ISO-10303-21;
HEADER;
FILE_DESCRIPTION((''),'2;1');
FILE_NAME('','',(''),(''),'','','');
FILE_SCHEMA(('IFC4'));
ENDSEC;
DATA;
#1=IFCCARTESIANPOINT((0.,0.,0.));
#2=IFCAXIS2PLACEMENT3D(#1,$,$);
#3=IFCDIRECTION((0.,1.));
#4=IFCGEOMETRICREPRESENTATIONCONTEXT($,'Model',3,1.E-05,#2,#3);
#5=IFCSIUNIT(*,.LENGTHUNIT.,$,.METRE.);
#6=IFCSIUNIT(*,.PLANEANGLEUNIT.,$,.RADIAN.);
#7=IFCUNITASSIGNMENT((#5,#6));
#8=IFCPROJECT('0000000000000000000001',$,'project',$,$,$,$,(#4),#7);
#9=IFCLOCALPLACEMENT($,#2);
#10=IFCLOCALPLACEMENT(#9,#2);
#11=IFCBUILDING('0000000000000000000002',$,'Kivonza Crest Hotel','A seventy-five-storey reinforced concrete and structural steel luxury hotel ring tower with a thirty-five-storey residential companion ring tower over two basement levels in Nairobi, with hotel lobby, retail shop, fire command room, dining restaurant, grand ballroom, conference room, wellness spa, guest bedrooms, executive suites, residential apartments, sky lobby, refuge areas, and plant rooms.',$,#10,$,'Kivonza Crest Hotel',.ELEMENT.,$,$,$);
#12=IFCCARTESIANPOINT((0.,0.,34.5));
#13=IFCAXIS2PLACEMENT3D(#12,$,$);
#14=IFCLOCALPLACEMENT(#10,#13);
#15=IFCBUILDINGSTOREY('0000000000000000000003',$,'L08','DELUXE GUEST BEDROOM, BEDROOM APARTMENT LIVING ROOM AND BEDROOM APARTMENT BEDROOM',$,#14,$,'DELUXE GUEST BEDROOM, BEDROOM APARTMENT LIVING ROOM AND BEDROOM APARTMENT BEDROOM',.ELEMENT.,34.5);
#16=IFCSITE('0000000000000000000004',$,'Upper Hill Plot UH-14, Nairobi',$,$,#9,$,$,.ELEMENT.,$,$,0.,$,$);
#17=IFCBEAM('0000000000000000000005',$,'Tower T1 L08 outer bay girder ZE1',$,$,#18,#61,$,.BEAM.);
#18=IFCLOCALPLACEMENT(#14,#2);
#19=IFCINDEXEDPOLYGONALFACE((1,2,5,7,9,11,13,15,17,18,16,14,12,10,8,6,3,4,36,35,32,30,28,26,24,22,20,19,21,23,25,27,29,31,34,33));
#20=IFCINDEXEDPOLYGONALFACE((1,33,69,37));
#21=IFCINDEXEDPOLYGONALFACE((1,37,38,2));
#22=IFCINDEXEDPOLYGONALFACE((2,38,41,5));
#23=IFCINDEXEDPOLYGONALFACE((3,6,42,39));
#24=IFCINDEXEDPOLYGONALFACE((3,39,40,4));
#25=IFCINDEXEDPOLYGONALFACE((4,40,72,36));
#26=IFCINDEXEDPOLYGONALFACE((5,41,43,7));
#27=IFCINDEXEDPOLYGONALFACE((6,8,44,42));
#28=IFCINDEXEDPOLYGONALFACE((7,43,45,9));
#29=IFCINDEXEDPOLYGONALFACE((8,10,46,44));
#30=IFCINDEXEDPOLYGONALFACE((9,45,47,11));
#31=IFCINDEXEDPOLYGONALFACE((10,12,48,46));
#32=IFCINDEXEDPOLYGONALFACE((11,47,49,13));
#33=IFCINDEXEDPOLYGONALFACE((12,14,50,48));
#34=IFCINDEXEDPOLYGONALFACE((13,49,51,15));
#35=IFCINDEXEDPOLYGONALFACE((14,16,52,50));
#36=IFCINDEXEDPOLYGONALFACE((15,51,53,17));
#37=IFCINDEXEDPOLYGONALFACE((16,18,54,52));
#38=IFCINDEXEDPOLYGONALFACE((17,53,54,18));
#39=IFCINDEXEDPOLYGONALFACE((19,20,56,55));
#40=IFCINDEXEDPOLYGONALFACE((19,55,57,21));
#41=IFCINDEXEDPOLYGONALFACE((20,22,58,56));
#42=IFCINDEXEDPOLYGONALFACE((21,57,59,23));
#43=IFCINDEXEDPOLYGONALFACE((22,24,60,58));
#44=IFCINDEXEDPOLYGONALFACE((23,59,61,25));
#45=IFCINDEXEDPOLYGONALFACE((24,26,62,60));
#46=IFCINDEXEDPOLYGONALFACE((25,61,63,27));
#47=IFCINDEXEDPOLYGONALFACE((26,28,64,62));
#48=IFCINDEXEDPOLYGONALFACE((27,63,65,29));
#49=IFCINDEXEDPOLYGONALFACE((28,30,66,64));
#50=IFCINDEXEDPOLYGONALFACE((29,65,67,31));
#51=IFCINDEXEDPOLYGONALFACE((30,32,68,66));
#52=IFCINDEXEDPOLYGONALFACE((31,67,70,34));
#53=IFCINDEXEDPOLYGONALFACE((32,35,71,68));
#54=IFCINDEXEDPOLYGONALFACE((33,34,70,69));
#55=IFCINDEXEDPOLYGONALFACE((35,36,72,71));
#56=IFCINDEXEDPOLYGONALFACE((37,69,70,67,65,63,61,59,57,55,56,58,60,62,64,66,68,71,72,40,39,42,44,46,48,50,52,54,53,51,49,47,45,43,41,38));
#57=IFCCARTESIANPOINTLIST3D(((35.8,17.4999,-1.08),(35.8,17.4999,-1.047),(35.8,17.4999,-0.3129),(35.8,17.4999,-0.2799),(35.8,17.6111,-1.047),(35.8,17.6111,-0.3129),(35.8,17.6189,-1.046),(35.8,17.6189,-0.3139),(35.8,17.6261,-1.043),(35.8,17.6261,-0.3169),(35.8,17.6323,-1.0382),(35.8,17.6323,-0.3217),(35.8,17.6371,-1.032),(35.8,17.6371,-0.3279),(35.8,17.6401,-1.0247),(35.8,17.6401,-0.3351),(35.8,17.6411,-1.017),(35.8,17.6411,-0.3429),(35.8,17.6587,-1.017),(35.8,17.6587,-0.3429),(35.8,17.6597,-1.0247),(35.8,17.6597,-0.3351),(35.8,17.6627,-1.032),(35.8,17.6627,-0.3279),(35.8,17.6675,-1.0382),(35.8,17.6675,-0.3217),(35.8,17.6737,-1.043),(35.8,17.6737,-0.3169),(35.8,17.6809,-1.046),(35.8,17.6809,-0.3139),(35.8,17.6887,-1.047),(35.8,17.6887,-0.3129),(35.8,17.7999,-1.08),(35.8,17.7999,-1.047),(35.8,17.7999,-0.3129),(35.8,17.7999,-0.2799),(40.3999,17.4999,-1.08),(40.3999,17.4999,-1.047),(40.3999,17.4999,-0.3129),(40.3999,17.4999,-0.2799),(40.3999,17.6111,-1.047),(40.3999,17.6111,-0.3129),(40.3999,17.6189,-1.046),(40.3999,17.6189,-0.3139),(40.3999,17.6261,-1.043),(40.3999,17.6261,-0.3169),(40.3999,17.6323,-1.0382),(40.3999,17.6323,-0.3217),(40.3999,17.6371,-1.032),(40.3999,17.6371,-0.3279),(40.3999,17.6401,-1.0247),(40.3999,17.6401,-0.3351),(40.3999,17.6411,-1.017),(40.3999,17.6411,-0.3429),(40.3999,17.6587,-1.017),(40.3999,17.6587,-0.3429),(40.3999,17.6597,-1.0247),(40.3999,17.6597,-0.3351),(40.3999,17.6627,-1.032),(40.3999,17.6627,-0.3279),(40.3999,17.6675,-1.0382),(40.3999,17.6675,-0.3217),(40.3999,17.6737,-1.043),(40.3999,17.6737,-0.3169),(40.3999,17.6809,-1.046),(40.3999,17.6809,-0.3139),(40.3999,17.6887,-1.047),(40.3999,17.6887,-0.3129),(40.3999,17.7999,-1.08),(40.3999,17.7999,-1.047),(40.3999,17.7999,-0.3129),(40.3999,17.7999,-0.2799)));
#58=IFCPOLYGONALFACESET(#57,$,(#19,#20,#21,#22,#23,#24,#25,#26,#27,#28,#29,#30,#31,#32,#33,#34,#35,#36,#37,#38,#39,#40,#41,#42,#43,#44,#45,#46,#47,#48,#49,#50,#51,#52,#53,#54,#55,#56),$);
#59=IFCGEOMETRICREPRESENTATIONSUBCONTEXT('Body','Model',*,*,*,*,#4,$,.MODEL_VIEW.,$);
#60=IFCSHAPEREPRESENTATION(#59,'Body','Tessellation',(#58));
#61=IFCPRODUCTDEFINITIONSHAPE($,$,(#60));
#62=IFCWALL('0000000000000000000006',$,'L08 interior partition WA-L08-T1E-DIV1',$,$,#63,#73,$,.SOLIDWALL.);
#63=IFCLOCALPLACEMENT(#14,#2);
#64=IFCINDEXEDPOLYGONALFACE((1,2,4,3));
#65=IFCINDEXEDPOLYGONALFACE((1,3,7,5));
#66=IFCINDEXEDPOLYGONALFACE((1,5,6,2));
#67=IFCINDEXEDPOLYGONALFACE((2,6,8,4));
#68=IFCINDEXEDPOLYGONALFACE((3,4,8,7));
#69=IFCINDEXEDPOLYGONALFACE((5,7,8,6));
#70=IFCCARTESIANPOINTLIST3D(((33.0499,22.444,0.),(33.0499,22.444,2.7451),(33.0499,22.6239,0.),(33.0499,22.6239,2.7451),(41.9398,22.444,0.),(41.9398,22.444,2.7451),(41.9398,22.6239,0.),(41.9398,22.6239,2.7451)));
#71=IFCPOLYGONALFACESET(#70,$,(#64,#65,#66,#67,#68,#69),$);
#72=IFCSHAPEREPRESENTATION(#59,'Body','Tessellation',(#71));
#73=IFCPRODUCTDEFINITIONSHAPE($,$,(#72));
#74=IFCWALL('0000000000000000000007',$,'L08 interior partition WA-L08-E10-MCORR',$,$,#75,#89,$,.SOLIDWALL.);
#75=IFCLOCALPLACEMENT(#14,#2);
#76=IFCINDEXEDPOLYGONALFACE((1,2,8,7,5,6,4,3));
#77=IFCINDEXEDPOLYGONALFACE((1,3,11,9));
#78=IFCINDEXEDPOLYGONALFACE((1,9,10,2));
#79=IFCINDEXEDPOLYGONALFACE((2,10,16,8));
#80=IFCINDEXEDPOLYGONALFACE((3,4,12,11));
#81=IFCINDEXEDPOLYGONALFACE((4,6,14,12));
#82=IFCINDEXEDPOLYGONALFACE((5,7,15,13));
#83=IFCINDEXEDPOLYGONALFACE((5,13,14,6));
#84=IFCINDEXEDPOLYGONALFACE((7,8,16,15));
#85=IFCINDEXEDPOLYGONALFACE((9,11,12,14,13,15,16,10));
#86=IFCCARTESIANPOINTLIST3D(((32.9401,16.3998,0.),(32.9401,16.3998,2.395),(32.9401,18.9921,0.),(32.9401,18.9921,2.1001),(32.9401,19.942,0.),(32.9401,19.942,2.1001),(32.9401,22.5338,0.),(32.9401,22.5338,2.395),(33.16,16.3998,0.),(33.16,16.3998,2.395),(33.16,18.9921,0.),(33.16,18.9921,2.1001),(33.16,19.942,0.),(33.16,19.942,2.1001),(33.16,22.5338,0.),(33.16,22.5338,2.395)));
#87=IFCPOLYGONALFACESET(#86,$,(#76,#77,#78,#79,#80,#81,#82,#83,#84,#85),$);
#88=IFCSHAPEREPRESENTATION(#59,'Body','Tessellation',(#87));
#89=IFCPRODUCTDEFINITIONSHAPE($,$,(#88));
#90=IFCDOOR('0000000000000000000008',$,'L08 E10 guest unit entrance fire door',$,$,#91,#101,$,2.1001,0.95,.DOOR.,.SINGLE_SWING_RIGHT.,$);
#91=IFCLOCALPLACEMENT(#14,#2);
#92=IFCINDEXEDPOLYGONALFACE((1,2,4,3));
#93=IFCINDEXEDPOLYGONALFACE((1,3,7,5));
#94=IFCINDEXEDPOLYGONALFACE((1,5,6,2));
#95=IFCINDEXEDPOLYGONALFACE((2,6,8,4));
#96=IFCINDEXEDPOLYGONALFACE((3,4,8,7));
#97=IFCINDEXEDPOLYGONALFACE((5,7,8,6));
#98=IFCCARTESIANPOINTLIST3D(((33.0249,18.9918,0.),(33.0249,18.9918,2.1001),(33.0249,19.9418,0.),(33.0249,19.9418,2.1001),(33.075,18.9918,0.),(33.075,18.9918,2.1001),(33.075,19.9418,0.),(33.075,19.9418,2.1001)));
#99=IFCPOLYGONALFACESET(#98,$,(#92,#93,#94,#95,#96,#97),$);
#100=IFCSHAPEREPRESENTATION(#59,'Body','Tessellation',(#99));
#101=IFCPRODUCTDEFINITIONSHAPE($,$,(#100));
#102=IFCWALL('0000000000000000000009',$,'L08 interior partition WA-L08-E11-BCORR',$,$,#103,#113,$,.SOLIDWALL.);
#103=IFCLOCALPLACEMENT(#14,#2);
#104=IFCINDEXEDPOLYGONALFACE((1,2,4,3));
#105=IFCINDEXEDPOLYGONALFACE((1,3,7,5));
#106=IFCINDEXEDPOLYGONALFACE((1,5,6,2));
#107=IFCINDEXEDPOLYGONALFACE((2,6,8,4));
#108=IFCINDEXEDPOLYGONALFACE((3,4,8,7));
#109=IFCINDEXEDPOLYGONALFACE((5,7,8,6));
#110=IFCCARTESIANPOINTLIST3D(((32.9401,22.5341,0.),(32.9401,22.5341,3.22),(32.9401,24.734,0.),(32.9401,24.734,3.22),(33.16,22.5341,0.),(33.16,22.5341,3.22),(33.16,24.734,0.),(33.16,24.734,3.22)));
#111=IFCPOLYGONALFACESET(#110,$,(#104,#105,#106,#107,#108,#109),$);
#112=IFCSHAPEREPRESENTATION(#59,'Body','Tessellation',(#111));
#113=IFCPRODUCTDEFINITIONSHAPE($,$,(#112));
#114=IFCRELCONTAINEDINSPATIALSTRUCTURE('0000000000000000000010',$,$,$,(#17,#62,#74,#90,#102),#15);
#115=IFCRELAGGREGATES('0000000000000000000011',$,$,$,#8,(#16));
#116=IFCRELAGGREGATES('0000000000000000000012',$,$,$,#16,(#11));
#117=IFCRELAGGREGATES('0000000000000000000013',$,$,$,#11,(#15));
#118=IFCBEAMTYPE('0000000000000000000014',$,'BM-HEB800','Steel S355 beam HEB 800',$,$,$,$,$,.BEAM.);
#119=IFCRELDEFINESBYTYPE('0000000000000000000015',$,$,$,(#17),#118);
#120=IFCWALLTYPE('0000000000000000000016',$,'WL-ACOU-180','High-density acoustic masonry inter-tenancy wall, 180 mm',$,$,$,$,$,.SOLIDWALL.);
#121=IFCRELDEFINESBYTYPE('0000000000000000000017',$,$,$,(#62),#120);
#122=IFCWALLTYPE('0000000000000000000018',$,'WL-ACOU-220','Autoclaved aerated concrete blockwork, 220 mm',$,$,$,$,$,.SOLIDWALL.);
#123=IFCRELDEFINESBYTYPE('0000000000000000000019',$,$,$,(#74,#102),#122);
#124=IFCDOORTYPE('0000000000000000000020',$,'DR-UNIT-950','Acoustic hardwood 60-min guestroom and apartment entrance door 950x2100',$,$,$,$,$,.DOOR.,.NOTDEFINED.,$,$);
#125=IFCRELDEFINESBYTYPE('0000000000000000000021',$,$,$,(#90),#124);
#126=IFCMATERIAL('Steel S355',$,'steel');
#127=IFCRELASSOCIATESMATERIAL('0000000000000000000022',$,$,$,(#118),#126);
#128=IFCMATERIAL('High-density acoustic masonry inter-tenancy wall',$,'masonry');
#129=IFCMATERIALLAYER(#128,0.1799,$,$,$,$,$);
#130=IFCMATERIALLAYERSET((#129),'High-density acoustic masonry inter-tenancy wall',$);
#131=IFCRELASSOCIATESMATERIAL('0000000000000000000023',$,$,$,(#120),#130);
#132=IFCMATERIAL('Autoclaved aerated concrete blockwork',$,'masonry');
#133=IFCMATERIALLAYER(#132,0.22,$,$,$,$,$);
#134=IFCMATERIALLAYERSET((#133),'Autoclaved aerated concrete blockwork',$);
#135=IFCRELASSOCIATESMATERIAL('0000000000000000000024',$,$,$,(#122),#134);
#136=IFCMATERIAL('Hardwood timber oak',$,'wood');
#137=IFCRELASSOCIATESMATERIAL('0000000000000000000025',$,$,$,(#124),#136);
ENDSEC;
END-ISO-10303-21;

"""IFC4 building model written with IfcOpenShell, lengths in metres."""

from ifc_helpers import new_model, si_unit, direction, frame, frame_2d, origin, origin_2d, place, context, subcontext, project, spatial, rectangle, i_section, extrude, material, layer, layer_set, material_profile, profile_set, type_object, element, fill, save


model = new_model("IFC4")

# Units and contexts
model_context = context("Model", 3, precision=1e-05, world=origin(), true_north=direction((0.0, 1.0)))
body_context = subcontext(model_context, "Body", "Model", "MODEL_VIEW")
ifc_project = project(units=[si_unit("LENGTHUNIT", "METRE"), si_unit("PLANEANGLEUNIT", "RADIAN")], contexts=[model_context])

# Site, building, storey
site_placement = place(None, origin())
site = spatial("IfcSite", under=ifc_project, at=site_placement, Name="Upper Hill Plot UH-14, Nairobi", CompositionType="ELEMENT", RefElevation=0.0)
building_placement = place(site_placement, origin())
building = spatial("IfcBuilding", under=site, at=building_placement, Name="Kivonza Crest Hotel", Description="A seventy-five-storey reinforced concrete and structural steel luxury hotel ring tower with a thirty-five-storey residential companion ring tower over two basement levels in Nairobi, with hotel lobby, retail shop, fire command room, dining restaurant, grand ballroom, conference room, wellness spa, guest bedrooms, executive suites, residential apartments, sky lobby, refuge areas, and plant rooms.", LongName="Kivonza Crest Hotel", CompositionType="ELEMENT")
storey_placement = place(building_placement, frame((0.0, 0.0, 34.5)))
storey = spatial("IfcBuildingStorey", under=building, at=storey_placement, Name="L08", Description="DELUXE GUEST BEDROOM, BEDROOM APARTMENT LIVING ROOM AND BEDROOM APARTMENT BEDROOM", LongName="DELUXE GUEST BEDROOM, BEDROOM APARTMENT LIVING ROOM AND BEDROOM APARTMENT BEDROOM", CompositionType="ELEMENT", Elevation=34.5)

# Beam
ifc_material_1 = material(Name="Steel S355", Category="steel")
ifc_material_profile_1 = material_profile(ifc_material_1, i_section(OverallWidth=0.3, OverallDepth=0.8, WebThickness=0.0176, FlangeThickness=0.033, FilletRadius=0.03, at=origin_2d()), Name="HEB 800")
ifc_profile_set_1 = profile_set([ifc_material_profile_1], Name="Steel S355")
beam_type_1 = type_object("IfcBeamType", Name="BM-HEB800", Description="Steel S355 beam HEB 800", PredefinedType="BEAM", material=ifc_profile_set_1)
beam_1_placement = place(storey_placement, frame((40.3999, 17.6499, -0.6799), z_axis=(-1.0, 0.0, 0.0), x_axis=(0.0, -1.0, 0.0)))
element("IfcBeam", 1, at=beam_1_placement, inside=storey, type_object=beam_type_1, Name="Tower T1 L08 outer bay girder ZE1", PredefinedType="BEAM", context=body_context, shape_type="SweptSolid", body=[
    extrude(i_section(OverallWidth=0.3, OverallDepth=0.8, WebThickness=0.0176, FlangeThickness=0.033, FilletRadius=0.03, at=origin_2d()), origin(), (0.0, 0.0, 1.0), 4.5999),
])

# Wall
ifc_material_2 = material(Name="High-density acoustic masonry inter-tenancy wall", Category="masonry")
ifc_layer_1 = layer(ifc_material_2, 0.1799)
ifc_layer_set_1 = layer_set([ifc_layer_1], Name="High-density acoustic masonry inter-tenancy wall")
wall_type_1 = type_object("IfcWallType", Name="WL-ACOU-180", Description="High-density acoustic masonry inter-tenancy wall, 180 mm", PredefinedType="SOLIDWALL", material=ifc_layer_set_1)
wall_1_placement = place(storey_placement, frame((33.05, 22.5339, 0.0), z_axis=(0.0, 0.0, 1.0), x_axis=(1.0, 0.0, 0.0)))
element("IfcWall", 2, at=wall_1_placement, inside=storey, type_object=wall_type_1, Name="L08 interior partition WA-L08-T1E-DIV1", PredefinedType="SOLIDWALL", context=body_context, shape_type="SweptSolid", body=[
    extrude(rectangle(XDim=8.8899, YDim=0.1799, at=frame_2d((4.4448, 0.0))), origin(), (0.0, 0.0, 1.0), 2.7451),
])

# Wall, opening, door
ifc_material_3 = material(Name="Autoclaved aerated concrete blockwork", Category="masonry")
ifc_layer_2 = layer(ifc_material_3, 0.22)
ifc_layer_set_2 = layer_set([ifc_layer_2], Name="Autoclaved aerated concrete blockwork")
wall_type_2 = type_object("IfcWallType", Name="WL-ACOU-220", Description="Autoclaved aerated concrete blockwork, 220 mm", PredefinedType="SOLIDWALL", material=ifc_layer_set_2)
wall_2_placement = place(storey_placement, frame((33.05, 16.3999, 0.0), z_axis=(0.0, 0.0, 1.0), x_axis=(0.0, 1.0, 0.0)))
wall_2 = element("IfcWall", 3, at=wall_2_placement, inside=storey, type_object=wall_type_2, Name="L08 interior partition WA-L08-E10-MCORR", PredefinedType="SOLIDWALL", context=body_context, shape_type="SweptSolid", body=[
    extrude(rectangle(XDim=6.134, YDim=0.22, at=frame_2d((3.0669, 0.0))), origin(), (0.0, 0.0, 1.0), 2.395),
])
opening_1_placement = place(wall_2_placement, frame((2.592, 0.0, 0.0)))
opening_1 = element("IfcOpeningElement", 4, at=opening_1_placement, cuts=wall_2, PredefinedType="OPENING", context=body_context, shape_type="SweptSolid", body=[
    extrude(rectangle(XDim=0.95, YDim=2.1001, at=frame_2d((0.4751, 1.05))), frame((0.0, 0.1201, 0.0), z_axis=(0.0, -1.0, 0.0), x_axis=(1.0, 0.0, 0.0)), (0.0, 0.0, 1.0), 0.24),
])
ifc_material_4 = material(Name="Hardwood timber oak", Category="wood")
door_type_1 = type_object("IfcDoorType", Name="DR-UNIT-950", Description="Acoustic hardwood 60-min guestroom and apartment entrance door 950x2100", OperationType="NOTDEFINED", PredefinedType="DOOR", material=ifc_material_4)
door_1_placement = place(opening_1_placement, frame((0.95, 0.0, 0.0), z_axis=(0.0, 0.0, 1.0), x_axis=(-1.0, 0.0, 0.0)))
door_1 = element("IfcDoor", 5, at=door_1_placement, inside=storey, type_object=door_type_1, Name="L08 E10 guest unit entrance fire door", OperationType="SINGLE_SWING_RIGHT", OverallHeight=2.1001, OverallWidth=0.95, PredefinedType="DOOR", context=body_context, shape_type="SweptSolid", body=[
    extrude(rectangle(XDim=0.95, YDim=2.1001, at=frame_2d((0.4751, 1.05))), frame((0.0, 0.0249, 0.0), z_axis=(0.0, -1.0, 0.0), x_axis=(1.0, 0.0, 0.0)), (0.0, 0.0, 1.0), 0.05),
])
fill(opening_1, door_1)

# Wall
wall_3_placement = place(storey_placement, frame((33.05, 22.5339, 0.0), z_axis=(0.0, 0.0, 1.0), x_axis=(0.0, 1.0, 0.0)))
element("IfcWall", 6, at=wall_3_placement, inside=storey, type_object=wall_type_2, Name="L08 interior partition WA-L08-E11-BCORR", PredefinedType="SOLIDWALL", context=body_context, shape_type="SweptSolid", body=[
    extrude(rectangle(XDim=2.2, YDim=0.22, at=frame_2d((1.1001, 0.0))), origin(), (0.0, 0.0, 1.0), 3.22),
])

save(model, "model.ifc")
